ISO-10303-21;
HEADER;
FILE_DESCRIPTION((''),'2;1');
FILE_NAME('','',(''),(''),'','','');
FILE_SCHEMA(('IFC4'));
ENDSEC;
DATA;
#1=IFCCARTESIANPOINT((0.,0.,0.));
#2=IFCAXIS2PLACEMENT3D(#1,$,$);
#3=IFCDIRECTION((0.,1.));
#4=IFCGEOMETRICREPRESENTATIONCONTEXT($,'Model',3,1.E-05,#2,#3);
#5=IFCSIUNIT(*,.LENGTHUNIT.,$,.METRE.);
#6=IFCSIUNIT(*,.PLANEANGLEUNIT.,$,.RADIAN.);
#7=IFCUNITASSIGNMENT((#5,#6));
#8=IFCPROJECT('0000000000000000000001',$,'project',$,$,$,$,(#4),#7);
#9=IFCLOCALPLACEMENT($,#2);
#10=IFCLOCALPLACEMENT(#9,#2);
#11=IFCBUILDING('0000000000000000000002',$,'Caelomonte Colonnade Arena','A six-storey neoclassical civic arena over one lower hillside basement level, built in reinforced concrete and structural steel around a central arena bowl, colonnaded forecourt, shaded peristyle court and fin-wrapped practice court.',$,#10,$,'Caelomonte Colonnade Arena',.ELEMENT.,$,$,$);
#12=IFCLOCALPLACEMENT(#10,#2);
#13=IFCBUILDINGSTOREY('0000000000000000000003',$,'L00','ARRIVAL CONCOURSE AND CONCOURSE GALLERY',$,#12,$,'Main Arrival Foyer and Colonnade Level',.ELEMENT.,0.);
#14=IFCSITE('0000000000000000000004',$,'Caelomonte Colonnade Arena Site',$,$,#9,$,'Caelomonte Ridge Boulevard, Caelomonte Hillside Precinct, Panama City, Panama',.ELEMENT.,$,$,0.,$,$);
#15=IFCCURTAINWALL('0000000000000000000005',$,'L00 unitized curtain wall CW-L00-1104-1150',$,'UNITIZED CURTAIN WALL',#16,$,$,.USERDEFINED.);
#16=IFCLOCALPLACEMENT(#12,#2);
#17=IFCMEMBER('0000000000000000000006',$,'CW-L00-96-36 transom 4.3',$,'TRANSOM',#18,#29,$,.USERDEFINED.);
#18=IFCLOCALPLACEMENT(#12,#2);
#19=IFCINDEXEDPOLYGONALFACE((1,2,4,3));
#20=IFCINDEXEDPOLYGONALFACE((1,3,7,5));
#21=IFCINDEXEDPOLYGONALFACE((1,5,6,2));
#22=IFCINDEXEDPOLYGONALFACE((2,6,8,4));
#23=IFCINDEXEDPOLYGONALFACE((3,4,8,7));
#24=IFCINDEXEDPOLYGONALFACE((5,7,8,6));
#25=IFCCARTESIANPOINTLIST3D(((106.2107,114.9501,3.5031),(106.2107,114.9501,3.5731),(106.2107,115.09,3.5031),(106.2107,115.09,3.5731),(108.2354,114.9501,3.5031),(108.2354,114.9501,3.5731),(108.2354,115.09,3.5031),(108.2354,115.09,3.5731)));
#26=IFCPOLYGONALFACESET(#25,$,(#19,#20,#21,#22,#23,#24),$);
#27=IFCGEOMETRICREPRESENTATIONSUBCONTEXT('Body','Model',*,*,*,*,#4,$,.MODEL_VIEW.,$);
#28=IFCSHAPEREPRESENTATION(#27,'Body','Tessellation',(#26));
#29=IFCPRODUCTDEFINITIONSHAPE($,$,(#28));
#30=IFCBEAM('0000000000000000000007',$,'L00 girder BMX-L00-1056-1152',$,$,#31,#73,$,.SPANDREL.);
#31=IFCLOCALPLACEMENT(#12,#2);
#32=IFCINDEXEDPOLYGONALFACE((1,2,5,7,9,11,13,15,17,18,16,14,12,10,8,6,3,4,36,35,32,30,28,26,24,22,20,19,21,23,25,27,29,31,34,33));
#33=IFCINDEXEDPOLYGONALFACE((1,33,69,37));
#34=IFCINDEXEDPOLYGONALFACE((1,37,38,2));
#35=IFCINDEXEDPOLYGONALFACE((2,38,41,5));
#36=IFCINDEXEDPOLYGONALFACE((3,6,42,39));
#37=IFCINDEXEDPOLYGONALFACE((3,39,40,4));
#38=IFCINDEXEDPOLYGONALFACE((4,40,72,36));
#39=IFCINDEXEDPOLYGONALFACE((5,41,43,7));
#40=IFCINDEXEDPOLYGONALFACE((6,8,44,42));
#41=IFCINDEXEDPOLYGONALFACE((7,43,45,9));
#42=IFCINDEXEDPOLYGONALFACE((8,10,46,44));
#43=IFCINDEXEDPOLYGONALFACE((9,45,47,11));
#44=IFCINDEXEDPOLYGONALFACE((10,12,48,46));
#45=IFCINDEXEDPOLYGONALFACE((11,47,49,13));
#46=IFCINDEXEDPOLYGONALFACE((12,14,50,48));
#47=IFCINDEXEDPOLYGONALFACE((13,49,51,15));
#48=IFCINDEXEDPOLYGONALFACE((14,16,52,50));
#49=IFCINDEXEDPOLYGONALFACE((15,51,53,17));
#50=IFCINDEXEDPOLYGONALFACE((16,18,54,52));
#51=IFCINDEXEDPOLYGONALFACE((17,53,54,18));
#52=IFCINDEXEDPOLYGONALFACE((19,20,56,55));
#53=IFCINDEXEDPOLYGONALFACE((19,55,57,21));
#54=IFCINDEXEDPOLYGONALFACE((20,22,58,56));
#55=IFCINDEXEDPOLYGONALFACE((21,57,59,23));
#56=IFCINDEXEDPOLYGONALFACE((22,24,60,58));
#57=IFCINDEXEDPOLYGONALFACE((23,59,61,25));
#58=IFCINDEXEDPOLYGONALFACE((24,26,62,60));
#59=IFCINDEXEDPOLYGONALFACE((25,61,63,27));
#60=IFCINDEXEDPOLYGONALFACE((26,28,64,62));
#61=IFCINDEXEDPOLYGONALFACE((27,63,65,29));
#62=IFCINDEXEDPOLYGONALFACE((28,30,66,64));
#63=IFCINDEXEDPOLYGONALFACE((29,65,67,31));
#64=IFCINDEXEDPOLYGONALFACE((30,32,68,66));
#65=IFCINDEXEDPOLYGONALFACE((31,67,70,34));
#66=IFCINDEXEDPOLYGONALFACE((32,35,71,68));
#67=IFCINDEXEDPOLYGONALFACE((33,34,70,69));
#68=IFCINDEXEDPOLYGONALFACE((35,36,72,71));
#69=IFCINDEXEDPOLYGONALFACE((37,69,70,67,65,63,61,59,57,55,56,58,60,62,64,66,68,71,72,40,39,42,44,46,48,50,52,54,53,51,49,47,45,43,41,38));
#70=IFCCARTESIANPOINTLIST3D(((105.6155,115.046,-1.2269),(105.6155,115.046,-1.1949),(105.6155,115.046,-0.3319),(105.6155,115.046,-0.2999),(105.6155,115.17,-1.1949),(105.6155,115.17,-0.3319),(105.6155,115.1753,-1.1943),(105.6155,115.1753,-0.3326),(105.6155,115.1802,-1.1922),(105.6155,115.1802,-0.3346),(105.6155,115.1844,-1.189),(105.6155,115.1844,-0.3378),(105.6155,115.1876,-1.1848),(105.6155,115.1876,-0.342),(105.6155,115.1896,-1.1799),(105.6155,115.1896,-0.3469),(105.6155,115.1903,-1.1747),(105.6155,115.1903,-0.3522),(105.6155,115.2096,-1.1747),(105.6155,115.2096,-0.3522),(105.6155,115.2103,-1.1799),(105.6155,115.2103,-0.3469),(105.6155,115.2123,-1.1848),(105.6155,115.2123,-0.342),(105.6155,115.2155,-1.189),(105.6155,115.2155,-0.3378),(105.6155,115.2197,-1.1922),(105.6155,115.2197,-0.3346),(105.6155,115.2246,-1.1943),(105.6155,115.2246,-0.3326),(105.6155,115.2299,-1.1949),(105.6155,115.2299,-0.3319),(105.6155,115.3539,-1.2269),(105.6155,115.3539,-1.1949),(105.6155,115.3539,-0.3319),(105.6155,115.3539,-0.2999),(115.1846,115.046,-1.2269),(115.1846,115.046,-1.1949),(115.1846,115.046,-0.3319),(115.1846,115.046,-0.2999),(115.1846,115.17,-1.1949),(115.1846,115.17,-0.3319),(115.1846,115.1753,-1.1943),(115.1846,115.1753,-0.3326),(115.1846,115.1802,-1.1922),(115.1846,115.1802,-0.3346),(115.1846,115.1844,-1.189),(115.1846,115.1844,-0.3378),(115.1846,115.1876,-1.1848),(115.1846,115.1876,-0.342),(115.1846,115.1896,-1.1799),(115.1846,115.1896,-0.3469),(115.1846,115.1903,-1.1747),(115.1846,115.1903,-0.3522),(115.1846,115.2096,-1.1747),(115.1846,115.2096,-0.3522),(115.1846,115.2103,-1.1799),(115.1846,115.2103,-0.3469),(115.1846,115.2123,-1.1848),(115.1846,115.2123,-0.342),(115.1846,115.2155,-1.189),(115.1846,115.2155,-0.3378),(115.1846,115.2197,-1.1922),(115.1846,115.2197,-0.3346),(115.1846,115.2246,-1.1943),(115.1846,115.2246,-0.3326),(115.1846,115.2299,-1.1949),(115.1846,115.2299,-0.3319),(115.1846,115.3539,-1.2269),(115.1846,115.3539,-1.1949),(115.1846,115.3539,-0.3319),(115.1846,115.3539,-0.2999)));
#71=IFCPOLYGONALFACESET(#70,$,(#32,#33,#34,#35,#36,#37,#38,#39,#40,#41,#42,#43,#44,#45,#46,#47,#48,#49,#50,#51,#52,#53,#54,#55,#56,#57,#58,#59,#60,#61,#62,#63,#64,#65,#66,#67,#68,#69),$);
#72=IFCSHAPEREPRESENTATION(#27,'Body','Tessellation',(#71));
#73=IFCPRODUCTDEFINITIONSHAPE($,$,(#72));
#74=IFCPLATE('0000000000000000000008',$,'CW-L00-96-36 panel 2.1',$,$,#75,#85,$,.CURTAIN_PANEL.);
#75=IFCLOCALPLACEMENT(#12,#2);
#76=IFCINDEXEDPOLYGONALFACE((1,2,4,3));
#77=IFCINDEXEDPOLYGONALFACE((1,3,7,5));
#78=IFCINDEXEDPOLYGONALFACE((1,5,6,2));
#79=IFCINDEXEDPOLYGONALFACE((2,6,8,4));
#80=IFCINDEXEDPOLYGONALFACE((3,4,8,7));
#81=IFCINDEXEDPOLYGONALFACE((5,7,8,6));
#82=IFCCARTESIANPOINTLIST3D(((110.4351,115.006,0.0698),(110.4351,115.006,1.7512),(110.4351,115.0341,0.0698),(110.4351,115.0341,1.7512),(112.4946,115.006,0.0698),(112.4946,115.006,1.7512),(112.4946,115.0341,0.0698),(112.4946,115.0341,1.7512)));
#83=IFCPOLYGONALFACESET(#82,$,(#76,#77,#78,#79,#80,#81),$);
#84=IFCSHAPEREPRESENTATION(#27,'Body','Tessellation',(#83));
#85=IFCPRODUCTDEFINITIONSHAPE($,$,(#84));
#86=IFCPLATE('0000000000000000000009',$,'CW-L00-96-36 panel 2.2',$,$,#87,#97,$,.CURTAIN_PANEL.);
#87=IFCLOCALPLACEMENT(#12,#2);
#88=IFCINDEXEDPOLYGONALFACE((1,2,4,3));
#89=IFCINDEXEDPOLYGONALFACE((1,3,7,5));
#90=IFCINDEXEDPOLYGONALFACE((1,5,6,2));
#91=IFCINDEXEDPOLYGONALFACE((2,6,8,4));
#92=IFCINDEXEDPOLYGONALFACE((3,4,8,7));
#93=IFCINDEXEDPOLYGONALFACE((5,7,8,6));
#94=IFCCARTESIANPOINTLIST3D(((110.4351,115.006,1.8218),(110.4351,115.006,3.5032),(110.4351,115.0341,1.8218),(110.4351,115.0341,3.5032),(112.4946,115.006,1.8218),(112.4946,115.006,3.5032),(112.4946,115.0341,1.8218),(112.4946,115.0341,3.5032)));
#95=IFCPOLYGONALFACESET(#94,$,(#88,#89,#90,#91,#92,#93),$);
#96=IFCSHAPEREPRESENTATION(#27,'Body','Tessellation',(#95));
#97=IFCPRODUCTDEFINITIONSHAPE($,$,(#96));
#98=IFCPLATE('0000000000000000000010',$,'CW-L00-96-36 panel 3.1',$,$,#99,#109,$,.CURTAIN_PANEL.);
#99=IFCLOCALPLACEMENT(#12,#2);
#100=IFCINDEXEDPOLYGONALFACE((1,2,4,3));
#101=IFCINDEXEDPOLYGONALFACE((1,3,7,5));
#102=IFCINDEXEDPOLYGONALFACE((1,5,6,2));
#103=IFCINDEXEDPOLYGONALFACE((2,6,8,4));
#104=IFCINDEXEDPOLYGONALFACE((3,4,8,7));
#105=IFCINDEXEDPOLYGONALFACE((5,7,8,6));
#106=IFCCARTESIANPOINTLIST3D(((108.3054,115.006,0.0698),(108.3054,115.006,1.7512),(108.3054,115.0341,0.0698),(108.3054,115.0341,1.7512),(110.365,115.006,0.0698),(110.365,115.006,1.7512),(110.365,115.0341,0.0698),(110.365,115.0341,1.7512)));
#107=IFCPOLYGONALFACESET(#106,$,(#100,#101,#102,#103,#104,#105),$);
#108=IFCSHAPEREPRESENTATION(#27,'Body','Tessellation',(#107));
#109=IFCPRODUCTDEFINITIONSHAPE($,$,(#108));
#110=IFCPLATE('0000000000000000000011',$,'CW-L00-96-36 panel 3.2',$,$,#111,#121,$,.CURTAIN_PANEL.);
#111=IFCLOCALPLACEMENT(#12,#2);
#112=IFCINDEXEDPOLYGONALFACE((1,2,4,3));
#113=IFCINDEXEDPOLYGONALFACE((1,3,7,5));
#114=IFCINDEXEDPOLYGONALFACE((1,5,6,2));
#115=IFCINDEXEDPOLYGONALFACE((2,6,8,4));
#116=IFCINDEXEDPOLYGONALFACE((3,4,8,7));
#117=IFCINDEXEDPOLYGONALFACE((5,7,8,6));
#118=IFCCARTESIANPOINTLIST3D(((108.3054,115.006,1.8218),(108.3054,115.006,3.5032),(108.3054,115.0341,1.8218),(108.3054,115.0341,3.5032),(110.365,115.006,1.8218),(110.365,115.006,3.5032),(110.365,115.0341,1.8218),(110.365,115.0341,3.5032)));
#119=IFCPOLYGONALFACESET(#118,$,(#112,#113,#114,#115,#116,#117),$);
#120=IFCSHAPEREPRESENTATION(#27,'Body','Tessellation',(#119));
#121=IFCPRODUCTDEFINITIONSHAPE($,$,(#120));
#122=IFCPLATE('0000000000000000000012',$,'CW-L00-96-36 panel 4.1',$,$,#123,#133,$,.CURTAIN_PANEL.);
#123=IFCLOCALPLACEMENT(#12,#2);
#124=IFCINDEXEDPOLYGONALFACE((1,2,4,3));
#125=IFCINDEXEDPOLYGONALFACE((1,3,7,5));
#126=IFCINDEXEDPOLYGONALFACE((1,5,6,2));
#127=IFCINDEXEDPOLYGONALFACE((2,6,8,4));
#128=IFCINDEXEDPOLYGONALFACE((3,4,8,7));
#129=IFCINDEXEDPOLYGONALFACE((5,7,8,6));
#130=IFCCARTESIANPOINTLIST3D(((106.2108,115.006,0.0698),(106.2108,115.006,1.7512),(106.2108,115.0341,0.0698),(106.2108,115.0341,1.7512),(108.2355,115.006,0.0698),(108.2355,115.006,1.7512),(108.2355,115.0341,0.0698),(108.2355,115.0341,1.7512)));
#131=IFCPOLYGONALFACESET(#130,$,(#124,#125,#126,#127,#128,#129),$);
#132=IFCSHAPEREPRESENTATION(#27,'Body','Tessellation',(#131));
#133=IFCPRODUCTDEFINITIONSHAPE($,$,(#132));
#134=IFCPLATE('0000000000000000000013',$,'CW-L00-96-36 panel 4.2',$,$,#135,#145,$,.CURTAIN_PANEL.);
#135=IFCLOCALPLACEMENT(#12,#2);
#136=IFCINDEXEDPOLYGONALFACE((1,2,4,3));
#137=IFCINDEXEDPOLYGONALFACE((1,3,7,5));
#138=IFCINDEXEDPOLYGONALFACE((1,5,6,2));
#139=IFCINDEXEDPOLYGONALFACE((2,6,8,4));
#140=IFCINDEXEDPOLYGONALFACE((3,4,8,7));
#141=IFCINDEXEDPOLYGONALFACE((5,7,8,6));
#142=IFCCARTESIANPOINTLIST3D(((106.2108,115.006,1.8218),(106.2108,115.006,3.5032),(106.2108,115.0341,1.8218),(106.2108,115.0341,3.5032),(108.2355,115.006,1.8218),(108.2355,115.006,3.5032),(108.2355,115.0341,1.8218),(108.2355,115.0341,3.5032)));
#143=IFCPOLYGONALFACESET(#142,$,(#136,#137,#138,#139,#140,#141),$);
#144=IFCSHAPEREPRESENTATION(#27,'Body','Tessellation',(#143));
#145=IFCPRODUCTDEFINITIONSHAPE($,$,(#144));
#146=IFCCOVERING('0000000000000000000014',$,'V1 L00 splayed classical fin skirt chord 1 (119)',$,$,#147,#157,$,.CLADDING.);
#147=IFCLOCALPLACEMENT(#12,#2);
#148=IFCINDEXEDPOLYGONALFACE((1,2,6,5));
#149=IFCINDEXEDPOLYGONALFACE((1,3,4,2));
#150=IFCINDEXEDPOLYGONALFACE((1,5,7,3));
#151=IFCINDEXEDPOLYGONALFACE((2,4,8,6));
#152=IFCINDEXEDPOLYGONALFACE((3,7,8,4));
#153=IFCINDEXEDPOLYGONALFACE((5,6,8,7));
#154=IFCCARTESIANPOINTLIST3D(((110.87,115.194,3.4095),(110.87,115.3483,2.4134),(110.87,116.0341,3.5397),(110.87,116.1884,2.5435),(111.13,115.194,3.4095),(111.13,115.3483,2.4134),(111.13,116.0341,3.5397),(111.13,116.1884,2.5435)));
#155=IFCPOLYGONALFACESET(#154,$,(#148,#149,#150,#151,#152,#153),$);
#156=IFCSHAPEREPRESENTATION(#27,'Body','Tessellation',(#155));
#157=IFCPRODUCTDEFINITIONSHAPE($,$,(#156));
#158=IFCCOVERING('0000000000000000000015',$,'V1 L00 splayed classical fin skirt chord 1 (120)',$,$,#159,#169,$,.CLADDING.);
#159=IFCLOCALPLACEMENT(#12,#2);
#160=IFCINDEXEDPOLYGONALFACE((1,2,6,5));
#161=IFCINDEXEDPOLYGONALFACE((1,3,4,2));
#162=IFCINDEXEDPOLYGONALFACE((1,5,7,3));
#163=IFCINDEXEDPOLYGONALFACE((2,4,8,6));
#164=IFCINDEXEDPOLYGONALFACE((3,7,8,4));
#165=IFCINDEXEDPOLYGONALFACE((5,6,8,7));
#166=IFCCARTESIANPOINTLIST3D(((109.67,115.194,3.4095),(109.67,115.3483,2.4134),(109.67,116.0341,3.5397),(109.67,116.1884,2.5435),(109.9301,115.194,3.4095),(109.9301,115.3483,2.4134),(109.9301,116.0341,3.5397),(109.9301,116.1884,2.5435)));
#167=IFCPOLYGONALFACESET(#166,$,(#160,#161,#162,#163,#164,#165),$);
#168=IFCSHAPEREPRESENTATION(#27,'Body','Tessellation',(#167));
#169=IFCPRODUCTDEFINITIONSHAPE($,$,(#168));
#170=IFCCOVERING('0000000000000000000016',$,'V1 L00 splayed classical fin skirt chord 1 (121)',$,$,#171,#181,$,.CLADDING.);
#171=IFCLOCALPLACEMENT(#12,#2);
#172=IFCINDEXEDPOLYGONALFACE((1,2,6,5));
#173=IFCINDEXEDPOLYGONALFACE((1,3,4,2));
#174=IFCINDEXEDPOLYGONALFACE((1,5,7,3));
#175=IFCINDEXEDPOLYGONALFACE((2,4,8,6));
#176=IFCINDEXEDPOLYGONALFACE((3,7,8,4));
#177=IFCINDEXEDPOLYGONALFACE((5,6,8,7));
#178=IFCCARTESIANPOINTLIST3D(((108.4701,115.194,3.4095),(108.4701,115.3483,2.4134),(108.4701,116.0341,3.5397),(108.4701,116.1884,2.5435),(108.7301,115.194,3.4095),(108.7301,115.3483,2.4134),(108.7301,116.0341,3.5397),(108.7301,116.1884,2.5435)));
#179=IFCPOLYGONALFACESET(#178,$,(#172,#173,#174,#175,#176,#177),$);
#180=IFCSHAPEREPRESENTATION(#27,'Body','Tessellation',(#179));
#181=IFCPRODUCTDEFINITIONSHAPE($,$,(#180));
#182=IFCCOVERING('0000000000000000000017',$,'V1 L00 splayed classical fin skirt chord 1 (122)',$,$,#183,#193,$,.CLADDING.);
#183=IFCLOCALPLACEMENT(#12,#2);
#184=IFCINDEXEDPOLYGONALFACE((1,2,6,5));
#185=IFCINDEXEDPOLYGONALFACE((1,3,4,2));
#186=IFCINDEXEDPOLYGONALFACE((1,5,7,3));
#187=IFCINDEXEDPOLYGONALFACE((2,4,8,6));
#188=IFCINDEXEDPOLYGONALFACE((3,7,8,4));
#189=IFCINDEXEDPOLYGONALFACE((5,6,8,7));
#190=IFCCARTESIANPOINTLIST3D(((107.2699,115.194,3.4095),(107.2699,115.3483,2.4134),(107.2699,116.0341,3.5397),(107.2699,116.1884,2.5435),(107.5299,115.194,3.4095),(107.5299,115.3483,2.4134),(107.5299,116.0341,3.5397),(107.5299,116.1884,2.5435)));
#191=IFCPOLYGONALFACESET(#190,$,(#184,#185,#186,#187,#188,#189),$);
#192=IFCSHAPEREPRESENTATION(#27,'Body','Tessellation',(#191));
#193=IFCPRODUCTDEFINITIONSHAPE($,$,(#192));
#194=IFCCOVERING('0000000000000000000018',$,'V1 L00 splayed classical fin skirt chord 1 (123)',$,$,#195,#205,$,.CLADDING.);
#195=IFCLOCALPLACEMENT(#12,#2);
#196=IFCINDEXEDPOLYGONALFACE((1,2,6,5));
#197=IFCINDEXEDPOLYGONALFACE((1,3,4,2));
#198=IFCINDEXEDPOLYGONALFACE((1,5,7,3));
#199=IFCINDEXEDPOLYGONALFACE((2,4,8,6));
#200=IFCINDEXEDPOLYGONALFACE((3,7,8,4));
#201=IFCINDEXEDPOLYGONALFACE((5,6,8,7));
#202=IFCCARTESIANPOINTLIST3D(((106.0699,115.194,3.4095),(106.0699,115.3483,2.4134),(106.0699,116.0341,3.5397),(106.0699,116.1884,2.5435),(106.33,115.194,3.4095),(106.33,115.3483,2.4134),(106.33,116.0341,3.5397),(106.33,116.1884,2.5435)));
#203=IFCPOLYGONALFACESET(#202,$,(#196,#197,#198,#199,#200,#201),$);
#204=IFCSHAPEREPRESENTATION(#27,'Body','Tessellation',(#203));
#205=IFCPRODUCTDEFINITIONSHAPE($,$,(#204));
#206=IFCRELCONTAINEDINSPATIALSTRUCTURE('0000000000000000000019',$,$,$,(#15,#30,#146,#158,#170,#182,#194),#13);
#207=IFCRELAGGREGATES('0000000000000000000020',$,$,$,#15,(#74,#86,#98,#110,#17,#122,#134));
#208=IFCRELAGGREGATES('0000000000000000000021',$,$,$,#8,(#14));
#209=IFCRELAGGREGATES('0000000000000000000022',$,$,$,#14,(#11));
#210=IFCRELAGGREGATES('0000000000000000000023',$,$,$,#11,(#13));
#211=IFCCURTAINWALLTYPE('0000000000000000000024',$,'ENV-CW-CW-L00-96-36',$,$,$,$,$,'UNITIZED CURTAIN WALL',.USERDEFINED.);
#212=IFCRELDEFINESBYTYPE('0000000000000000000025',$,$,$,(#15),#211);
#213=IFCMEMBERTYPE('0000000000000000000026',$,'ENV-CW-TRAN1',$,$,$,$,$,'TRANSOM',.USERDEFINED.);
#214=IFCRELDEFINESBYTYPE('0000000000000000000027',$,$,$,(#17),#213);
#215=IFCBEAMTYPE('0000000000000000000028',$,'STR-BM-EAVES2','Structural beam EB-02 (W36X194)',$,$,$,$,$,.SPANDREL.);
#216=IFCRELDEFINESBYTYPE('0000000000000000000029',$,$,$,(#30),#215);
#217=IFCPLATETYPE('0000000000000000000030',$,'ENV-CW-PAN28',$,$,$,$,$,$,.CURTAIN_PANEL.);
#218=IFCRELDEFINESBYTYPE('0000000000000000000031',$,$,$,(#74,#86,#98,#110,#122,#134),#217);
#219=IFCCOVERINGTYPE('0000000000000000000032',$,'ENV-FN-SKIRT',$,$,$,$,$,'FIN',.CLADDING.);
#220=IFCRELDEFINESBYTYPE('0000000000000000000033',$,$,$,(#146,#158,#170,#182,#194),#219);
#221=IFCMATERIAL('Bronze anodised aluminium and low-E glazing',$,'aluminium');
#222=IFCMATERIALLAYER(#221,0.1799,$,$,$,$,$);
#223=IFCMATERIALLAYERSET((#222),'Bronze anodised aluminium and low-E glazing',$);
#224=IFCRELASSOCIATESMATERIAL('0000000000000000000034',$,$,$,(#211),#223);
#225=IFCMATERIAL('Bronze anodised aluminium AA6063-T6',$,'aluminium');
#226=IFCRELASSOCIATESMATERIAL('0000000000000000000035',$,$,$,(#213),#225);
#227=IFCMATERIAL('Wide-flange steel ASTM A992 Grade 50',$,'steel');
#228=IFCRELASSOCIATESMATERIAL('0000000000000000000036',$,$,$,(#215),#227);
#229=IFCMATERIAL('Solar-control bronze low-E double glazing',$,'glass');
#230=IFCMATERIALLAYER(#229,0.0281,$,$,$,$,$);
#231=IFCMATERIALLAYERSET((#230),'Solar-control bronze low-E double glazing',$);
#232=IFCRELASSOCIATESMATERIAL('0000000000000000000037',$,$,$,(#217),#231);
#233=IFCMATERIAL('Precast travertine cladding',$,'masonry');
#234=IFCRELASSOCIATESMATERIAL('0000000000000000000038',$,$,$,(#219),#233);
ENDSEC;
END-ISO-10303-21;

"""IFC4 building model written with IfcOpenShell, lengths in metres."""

from ifc_helpers import new_model, si_unit, direction, frame, origin, origin_2d, place, context, subcontext, project, spatial, rectangle, i_section, extrude, material, layer, layer_set, material_profile, profile_set, type_object, element, aggregate, save


model = new_model("IFC4")

# Units and contexts
model_context = context("Model", 3, precision=1e-05, world=origin(), true_north=direction((0.0, 1.0)))
body_context = subcontext(model_context, "Body", "Model", "MODEL_VIEW")
ifc_project = project(units=[si_unit("LENGTHUNIT", "METRE"), si_unit("PLANEANGLEUNIT", "RADIAN")], contexts=[model_context])

# Site, building, storey
site_placement = place(None, origin())
site = spatial("IfcSite", under=ifc_project, at=site_placement, Name="Caelomonte Colonnade Arena Site", LongName="Caelomonte Ridge Boulevard, Caelomonte Hillside Precinct, Panama City, Panama", CompositionType="ELEMENT", RefElevation=0.0)
building_placement = place(site_placement, origin())
building = spatial("IfcBuilding", under=site, at=building_placement, Name="Caelomonte Colonnade Arena", Description="A six-storey neoclassical civic arena over one lower hillside basement level, built in reinforced concrete and structural steel around a central arena bowl, colonnaded forecourt, shaded peristyle court and fin-wrapped practice court.", LongName="Caelomonte Colonnade Arena", CompositionType="ELEMENT")
storey_placement = place(building_placement, origin())
storey = spatial("IfcBuildingStorey", under=building, at=storey_placement, Name="L00", Description="ARRIVAL CONCOURSE AND CONCOURSE GALLERY", LongName="Main Arrival Foyer and Colonnade Level", CompositionType="ELEMENT", Elevation=0.0)

# Shared definitions
ifc_material_1 = material(Name="Wide-flange steel ASTM A992 Grade 50", Category="steel")

# Curtain wall, member
ifc_material_2 = material(Name="Bronze anodised aluminium and low-E glazing", Category="aluminium")
ifc_layer_1 = layer(ifc_material_2, 0.1799)
ifc_layer_set_1 = layer_set([ifc_layer_1], Name="Bronze anodised aluminium and low-E glazing")
curtain_wall_type = type_object("IfcCurtainWallType", Name="ENV-CW-CW-L00-96-36", ElementType="UNITIZED CURTAIN WALL", PredefinedType="USERDEFINED", material=ifc_layer_set_1)
curtain_wall_placement = place(storey_placement, origin())
curtain_wall = element("IfcCurtainWall", 1, at=curtain_wall_placement, inside=storey, type_object=curtain_wall_type, Name="L00 unitized curtain wall CW-L00-1104-1150", ObjectType="UNITIZED CURTAIN WALL", PredefinedType="USERDEFINED")
ifc_material_3 = material(Name="Bronze anodised aluminium AA6063-T6", Category="aluminium")
ifc_material_profile_1 = material_profile(ifc_material_3, rectangle(XDim=0.0701, YDim=0.1399, at=origin_2d()), Name="CWT-70X140")
ifc_profile_set_1 = profile_set([ifc_material_profile_1], Name="Bronze anodised aluminium AA6063-T6")
member_type_1 = type_object("IfcMemberType", Name="ENV-CW-TRAN1", ElementType="TRANSOM", PredefinedType="USERDEFINED", material=ifc_profile_set_1)
member_1_placement = place(storey_placement, frame((108.2354, 115.02, 3.5381), z_axis=(-1.0, 0.0, 0.0), x_axis=(0.0, 0.0, 1.0)))
member_1 = element("IfcMember", 2, at=member_1_placement, type_object=member_type_1, Name="CW-L00-96-36 transom 4.3", ObjectType="TRANSOM", PredefinedType="USERDEFINED", context=body_context, shape_type="SweptSolid", body=[
    extrude(rectangle(XDim=0.0701, YDim=0.1399, at=origin_2d()), origin(), (0.0, 0.0, 1.0), 2.0247),
])

# Beam
ifc_material_profile_2 = material_profile(ifc_material_1, i_section(OverallWidth=0.3079, OverallDepth=0.927, WebThickness=0.0193, FlangeThickness=0.032, FilletRadius=0.0203, at=origin_2d()), Name="W36X194")
ifc_profile_set_2 = profile_set([ifc_material_profile_2], Name="Wide-flange steel ASTM A992 Grade 50")
beam_type = type_object("IfcBeamType", Name="STR-BM-EAVES2", Description="Structural beam EB-02 (W36X194)", PredefinedType="SPANDREL", material=ifc_profile_set_2)
beam_placement = place(storey_placement, frame((105.6155, 115.2, -0.7634), z_axis=(1.0, 0.0, 0.0), x_axis=(0.0, 1.0, 0.0)))
element("IfcBeam", 3, at=beam_placement, inside=storey, type_object=beam_type, Name="L00 girder BMX-L00-1056-1152", PredefinedType="SPANDREL", context=body_context, shape_type="SweptSolid", body=[
    extrude(i_section(OverallWidth=0.3079, OverallDepth=0.927, WebThickness=0.0193, FlangeThickness=0.032, FilletRadius=0.0203, at=origin_2d()), origin(), (0.0, 0.0, 1.0), 9.5691),
])

# Plates
ifc_material_4 = material(Name="Solar-control bronze low-E double glazing", Category="glass")
ifc_layer_2 = layer(ifc_material_4, 0.0281)
ifc_layer_set_2 = layer_set([ifc_layer_2], Name="Solar-control bronze low-E double glazing")
plate_type = type_object("IfcPlateType", Name="ENV-CW-PAN28", PredefinedType="CURTAIN_PANEL", material=ifc_layer_set_2)
plate_1_placement = place(storey_placement, frame((111.4648, 115.02, 0.0698), z_axis=(0.0, 0.0, 1.0), x_axis=(-1.0, 0.0, 0.0)))
plate_1 = element("IfcPlate", 4, at=plate_1_placement, type_object=plate_type, Name="CW-L00-96-36 panel 2.1", PredefinedType="CURTAIN_PANEL", context=body_context, shape_type="SweptSolid", body=[
    extrude(rectangle(XDim=2.0596, YDim=0.0281, at=origin_2d()), origin(), (0.0, 0.0, 1.0), 1.6814),
])
plate_2_placement = place(storey_placement, frame((111.4648, 115.02, 1.8218), z_axis=(0.0, 0.0, 1.0), x_axis=(-1.0, 0.0, 0.0)))
plate_2 = element("IfcPlate", 5, at=plate_2_placement, type_object=plate_type, Name="CW-L00-96-36 panel 2.2", PredefinedType="CURTAIN_PANEL", context=body_context, shape_type="SweptSolid", body=[
    extrude(rectangle(XDim=2.0596, YDim=0.0281, at=origin_2d()), origin(), (0.0, 0.0, 1.0), 1.6814),
])
plate_3_placement = place(storey_placement, frame((109.3352, 115.02, 0.0698), z_axis=(0.0, 0.0, 1.0), x_axis=(-1.0, 0.0, 0.0)))
plate_3 = element("IfcPlate", 6, at=plate_3_placement, type_object=plate_type, Name="CW-L00-96-36 panel 3.1", PredefinedType="CURTAIN_PANEL", context=body_context, shape_type="SweptSolid", body=[
    extrude(rectangle(XDim=2.0596, YDim=0.0281, at=origin_2d()), origin(), (0.0, 0.0, 1.0), 1.6814),
])
plate_4_placement = place(storey_placement, frame((109.3352, 115.02, 1.8218), z_axis=(0.0, 0.0, 1.0), x_axis=(-1.0, 0.0, 0.0)))
plate_4 = element("IfcPlate", 7, at=plate_4_placement, type_object=plate_type, Name="CW-L00-96-36 panel 3.2", PredefinedType="CURTAIN_PANEL", context=body_context, shape_type="SweptSolid", body=[
    extrude(rectangle(XDim=2.0596, YDim=0.0281, at=origin_2d()), origin(), (0.0, 0.0, 1.0), 1.6814),
])
plate_5_placement = place(storey_placement, frame((107.2231, 115.02, 0.0698), z_axis=(0.0, 0.0, 1.0), x_axis=(-1.0, 0.0, 0.0)))
plate_5 = element("IfcPlate", 8, at=plate_5_placement, type_object=plate_type, Name="CW-L00-96-36 panel 4.1", PredefinedType="CURTAIN_PANEL", context=body_context, shape_type="SweptSolid", body=[
    extrude(rectangle(XDim=2.0247, YDim=0.0281, at=origin_2d()), origin(), (0.0, 0.0, 1.0), 1.6814),
])
plate_6_placement = place(storey_placement, frame((107.2231, 115.02, 1.8218), z_axis=(0.0, 0.0, 1.0), x_axis=(-1.0, 0.0, 0.0)))
plate_6 = element("IfcPlate", 9, at=plate_6_placement, type_object=plate_type, Name="CW-L00-96-36 panel 4.2", PredefinedType="CURTAIN_PANEL", context=body_context, shape_type="SweptSolid", body=[
    extrude(rectangle(XDim=2.0247, YDim=0.0281, at=origin_2d()), origin(), (0.0, 0.0, 1.0), 1.6814),
])
aggregate(curtain_wall, [plate_1, plate_2, plate_3, plate_4, member_1, plate_5, plate_6])

# Coverings
ifc_material_5 = material(Name="Precast travertine cladding", Category="masonry")
ifc_material_profile_3 = material_profile(ifc_material_5, rectangle(XDim=0.26, YDim=0.8501, at=origin_2d()), Name="FIN260X850")
ifc_profile_set_3 = profile_set([ifc_material_profile_3], Name="Precast travertine cladding")
covering_type = type_object("IfcCoveringType", Name="ENV-FN-SKIRT", ElementType="FIN", PredefinedType="CLADDING", material=ifc_profile_set_3)
for number, where, z_axis, x_axis, name in (
    (10, (111.0, 115.614, 3.4746), (0.0, 0.153076, -0.988214), (-1.0, 0.0, 0.0), "V1 L00 splayed classical fin skirt chord 1 (119)"),
    (11, (109.8, 115.614, 3.4746), (0.0, 0.153076, -0.988214), (-1.0, 0.0, 0.0), "V1 L00 splayed classical fin skirt chord 1 (120)"),
    (12, (108.6001, 115.614, 3.4746), (0.0, 0.153076, -0.988214), (-1.0, 0.0, 0.0), "V1 L00 splayed classical fin skirt chord 1 (121)"),
    (13, (107.3999, 115.614, 3.4746), (0.0, 0.153076, -0.988214), (-1.0, 0.0, 0.0), "V1 L00 splayed classical fin skirt chord 1 (122)"),
    (14, (106.2, 115.614, 3.4746), (0.0, 0.153076, -0.988214), (-1.0, 0.0, 0.0), "V1 L00 splayed classical fin skirt chord 1 (123)"),
):
    element("IfcCovering", number, at=place(storey_placement, frame(where, z_axis=z_axis, x_axis=x_axis)), inside=storey, type_object=covering_type, Name=name, PredefinedType="CLADDING", context=body_context, shape_type="SweptSolid", body=[
        extrude(rectangle(XDim=0.26, YDim=0.8501, at=origin_2d()), origin(), (0.0, 0.0, 1.0), 1.0081),
    ])

save(model, "model.ifc")
